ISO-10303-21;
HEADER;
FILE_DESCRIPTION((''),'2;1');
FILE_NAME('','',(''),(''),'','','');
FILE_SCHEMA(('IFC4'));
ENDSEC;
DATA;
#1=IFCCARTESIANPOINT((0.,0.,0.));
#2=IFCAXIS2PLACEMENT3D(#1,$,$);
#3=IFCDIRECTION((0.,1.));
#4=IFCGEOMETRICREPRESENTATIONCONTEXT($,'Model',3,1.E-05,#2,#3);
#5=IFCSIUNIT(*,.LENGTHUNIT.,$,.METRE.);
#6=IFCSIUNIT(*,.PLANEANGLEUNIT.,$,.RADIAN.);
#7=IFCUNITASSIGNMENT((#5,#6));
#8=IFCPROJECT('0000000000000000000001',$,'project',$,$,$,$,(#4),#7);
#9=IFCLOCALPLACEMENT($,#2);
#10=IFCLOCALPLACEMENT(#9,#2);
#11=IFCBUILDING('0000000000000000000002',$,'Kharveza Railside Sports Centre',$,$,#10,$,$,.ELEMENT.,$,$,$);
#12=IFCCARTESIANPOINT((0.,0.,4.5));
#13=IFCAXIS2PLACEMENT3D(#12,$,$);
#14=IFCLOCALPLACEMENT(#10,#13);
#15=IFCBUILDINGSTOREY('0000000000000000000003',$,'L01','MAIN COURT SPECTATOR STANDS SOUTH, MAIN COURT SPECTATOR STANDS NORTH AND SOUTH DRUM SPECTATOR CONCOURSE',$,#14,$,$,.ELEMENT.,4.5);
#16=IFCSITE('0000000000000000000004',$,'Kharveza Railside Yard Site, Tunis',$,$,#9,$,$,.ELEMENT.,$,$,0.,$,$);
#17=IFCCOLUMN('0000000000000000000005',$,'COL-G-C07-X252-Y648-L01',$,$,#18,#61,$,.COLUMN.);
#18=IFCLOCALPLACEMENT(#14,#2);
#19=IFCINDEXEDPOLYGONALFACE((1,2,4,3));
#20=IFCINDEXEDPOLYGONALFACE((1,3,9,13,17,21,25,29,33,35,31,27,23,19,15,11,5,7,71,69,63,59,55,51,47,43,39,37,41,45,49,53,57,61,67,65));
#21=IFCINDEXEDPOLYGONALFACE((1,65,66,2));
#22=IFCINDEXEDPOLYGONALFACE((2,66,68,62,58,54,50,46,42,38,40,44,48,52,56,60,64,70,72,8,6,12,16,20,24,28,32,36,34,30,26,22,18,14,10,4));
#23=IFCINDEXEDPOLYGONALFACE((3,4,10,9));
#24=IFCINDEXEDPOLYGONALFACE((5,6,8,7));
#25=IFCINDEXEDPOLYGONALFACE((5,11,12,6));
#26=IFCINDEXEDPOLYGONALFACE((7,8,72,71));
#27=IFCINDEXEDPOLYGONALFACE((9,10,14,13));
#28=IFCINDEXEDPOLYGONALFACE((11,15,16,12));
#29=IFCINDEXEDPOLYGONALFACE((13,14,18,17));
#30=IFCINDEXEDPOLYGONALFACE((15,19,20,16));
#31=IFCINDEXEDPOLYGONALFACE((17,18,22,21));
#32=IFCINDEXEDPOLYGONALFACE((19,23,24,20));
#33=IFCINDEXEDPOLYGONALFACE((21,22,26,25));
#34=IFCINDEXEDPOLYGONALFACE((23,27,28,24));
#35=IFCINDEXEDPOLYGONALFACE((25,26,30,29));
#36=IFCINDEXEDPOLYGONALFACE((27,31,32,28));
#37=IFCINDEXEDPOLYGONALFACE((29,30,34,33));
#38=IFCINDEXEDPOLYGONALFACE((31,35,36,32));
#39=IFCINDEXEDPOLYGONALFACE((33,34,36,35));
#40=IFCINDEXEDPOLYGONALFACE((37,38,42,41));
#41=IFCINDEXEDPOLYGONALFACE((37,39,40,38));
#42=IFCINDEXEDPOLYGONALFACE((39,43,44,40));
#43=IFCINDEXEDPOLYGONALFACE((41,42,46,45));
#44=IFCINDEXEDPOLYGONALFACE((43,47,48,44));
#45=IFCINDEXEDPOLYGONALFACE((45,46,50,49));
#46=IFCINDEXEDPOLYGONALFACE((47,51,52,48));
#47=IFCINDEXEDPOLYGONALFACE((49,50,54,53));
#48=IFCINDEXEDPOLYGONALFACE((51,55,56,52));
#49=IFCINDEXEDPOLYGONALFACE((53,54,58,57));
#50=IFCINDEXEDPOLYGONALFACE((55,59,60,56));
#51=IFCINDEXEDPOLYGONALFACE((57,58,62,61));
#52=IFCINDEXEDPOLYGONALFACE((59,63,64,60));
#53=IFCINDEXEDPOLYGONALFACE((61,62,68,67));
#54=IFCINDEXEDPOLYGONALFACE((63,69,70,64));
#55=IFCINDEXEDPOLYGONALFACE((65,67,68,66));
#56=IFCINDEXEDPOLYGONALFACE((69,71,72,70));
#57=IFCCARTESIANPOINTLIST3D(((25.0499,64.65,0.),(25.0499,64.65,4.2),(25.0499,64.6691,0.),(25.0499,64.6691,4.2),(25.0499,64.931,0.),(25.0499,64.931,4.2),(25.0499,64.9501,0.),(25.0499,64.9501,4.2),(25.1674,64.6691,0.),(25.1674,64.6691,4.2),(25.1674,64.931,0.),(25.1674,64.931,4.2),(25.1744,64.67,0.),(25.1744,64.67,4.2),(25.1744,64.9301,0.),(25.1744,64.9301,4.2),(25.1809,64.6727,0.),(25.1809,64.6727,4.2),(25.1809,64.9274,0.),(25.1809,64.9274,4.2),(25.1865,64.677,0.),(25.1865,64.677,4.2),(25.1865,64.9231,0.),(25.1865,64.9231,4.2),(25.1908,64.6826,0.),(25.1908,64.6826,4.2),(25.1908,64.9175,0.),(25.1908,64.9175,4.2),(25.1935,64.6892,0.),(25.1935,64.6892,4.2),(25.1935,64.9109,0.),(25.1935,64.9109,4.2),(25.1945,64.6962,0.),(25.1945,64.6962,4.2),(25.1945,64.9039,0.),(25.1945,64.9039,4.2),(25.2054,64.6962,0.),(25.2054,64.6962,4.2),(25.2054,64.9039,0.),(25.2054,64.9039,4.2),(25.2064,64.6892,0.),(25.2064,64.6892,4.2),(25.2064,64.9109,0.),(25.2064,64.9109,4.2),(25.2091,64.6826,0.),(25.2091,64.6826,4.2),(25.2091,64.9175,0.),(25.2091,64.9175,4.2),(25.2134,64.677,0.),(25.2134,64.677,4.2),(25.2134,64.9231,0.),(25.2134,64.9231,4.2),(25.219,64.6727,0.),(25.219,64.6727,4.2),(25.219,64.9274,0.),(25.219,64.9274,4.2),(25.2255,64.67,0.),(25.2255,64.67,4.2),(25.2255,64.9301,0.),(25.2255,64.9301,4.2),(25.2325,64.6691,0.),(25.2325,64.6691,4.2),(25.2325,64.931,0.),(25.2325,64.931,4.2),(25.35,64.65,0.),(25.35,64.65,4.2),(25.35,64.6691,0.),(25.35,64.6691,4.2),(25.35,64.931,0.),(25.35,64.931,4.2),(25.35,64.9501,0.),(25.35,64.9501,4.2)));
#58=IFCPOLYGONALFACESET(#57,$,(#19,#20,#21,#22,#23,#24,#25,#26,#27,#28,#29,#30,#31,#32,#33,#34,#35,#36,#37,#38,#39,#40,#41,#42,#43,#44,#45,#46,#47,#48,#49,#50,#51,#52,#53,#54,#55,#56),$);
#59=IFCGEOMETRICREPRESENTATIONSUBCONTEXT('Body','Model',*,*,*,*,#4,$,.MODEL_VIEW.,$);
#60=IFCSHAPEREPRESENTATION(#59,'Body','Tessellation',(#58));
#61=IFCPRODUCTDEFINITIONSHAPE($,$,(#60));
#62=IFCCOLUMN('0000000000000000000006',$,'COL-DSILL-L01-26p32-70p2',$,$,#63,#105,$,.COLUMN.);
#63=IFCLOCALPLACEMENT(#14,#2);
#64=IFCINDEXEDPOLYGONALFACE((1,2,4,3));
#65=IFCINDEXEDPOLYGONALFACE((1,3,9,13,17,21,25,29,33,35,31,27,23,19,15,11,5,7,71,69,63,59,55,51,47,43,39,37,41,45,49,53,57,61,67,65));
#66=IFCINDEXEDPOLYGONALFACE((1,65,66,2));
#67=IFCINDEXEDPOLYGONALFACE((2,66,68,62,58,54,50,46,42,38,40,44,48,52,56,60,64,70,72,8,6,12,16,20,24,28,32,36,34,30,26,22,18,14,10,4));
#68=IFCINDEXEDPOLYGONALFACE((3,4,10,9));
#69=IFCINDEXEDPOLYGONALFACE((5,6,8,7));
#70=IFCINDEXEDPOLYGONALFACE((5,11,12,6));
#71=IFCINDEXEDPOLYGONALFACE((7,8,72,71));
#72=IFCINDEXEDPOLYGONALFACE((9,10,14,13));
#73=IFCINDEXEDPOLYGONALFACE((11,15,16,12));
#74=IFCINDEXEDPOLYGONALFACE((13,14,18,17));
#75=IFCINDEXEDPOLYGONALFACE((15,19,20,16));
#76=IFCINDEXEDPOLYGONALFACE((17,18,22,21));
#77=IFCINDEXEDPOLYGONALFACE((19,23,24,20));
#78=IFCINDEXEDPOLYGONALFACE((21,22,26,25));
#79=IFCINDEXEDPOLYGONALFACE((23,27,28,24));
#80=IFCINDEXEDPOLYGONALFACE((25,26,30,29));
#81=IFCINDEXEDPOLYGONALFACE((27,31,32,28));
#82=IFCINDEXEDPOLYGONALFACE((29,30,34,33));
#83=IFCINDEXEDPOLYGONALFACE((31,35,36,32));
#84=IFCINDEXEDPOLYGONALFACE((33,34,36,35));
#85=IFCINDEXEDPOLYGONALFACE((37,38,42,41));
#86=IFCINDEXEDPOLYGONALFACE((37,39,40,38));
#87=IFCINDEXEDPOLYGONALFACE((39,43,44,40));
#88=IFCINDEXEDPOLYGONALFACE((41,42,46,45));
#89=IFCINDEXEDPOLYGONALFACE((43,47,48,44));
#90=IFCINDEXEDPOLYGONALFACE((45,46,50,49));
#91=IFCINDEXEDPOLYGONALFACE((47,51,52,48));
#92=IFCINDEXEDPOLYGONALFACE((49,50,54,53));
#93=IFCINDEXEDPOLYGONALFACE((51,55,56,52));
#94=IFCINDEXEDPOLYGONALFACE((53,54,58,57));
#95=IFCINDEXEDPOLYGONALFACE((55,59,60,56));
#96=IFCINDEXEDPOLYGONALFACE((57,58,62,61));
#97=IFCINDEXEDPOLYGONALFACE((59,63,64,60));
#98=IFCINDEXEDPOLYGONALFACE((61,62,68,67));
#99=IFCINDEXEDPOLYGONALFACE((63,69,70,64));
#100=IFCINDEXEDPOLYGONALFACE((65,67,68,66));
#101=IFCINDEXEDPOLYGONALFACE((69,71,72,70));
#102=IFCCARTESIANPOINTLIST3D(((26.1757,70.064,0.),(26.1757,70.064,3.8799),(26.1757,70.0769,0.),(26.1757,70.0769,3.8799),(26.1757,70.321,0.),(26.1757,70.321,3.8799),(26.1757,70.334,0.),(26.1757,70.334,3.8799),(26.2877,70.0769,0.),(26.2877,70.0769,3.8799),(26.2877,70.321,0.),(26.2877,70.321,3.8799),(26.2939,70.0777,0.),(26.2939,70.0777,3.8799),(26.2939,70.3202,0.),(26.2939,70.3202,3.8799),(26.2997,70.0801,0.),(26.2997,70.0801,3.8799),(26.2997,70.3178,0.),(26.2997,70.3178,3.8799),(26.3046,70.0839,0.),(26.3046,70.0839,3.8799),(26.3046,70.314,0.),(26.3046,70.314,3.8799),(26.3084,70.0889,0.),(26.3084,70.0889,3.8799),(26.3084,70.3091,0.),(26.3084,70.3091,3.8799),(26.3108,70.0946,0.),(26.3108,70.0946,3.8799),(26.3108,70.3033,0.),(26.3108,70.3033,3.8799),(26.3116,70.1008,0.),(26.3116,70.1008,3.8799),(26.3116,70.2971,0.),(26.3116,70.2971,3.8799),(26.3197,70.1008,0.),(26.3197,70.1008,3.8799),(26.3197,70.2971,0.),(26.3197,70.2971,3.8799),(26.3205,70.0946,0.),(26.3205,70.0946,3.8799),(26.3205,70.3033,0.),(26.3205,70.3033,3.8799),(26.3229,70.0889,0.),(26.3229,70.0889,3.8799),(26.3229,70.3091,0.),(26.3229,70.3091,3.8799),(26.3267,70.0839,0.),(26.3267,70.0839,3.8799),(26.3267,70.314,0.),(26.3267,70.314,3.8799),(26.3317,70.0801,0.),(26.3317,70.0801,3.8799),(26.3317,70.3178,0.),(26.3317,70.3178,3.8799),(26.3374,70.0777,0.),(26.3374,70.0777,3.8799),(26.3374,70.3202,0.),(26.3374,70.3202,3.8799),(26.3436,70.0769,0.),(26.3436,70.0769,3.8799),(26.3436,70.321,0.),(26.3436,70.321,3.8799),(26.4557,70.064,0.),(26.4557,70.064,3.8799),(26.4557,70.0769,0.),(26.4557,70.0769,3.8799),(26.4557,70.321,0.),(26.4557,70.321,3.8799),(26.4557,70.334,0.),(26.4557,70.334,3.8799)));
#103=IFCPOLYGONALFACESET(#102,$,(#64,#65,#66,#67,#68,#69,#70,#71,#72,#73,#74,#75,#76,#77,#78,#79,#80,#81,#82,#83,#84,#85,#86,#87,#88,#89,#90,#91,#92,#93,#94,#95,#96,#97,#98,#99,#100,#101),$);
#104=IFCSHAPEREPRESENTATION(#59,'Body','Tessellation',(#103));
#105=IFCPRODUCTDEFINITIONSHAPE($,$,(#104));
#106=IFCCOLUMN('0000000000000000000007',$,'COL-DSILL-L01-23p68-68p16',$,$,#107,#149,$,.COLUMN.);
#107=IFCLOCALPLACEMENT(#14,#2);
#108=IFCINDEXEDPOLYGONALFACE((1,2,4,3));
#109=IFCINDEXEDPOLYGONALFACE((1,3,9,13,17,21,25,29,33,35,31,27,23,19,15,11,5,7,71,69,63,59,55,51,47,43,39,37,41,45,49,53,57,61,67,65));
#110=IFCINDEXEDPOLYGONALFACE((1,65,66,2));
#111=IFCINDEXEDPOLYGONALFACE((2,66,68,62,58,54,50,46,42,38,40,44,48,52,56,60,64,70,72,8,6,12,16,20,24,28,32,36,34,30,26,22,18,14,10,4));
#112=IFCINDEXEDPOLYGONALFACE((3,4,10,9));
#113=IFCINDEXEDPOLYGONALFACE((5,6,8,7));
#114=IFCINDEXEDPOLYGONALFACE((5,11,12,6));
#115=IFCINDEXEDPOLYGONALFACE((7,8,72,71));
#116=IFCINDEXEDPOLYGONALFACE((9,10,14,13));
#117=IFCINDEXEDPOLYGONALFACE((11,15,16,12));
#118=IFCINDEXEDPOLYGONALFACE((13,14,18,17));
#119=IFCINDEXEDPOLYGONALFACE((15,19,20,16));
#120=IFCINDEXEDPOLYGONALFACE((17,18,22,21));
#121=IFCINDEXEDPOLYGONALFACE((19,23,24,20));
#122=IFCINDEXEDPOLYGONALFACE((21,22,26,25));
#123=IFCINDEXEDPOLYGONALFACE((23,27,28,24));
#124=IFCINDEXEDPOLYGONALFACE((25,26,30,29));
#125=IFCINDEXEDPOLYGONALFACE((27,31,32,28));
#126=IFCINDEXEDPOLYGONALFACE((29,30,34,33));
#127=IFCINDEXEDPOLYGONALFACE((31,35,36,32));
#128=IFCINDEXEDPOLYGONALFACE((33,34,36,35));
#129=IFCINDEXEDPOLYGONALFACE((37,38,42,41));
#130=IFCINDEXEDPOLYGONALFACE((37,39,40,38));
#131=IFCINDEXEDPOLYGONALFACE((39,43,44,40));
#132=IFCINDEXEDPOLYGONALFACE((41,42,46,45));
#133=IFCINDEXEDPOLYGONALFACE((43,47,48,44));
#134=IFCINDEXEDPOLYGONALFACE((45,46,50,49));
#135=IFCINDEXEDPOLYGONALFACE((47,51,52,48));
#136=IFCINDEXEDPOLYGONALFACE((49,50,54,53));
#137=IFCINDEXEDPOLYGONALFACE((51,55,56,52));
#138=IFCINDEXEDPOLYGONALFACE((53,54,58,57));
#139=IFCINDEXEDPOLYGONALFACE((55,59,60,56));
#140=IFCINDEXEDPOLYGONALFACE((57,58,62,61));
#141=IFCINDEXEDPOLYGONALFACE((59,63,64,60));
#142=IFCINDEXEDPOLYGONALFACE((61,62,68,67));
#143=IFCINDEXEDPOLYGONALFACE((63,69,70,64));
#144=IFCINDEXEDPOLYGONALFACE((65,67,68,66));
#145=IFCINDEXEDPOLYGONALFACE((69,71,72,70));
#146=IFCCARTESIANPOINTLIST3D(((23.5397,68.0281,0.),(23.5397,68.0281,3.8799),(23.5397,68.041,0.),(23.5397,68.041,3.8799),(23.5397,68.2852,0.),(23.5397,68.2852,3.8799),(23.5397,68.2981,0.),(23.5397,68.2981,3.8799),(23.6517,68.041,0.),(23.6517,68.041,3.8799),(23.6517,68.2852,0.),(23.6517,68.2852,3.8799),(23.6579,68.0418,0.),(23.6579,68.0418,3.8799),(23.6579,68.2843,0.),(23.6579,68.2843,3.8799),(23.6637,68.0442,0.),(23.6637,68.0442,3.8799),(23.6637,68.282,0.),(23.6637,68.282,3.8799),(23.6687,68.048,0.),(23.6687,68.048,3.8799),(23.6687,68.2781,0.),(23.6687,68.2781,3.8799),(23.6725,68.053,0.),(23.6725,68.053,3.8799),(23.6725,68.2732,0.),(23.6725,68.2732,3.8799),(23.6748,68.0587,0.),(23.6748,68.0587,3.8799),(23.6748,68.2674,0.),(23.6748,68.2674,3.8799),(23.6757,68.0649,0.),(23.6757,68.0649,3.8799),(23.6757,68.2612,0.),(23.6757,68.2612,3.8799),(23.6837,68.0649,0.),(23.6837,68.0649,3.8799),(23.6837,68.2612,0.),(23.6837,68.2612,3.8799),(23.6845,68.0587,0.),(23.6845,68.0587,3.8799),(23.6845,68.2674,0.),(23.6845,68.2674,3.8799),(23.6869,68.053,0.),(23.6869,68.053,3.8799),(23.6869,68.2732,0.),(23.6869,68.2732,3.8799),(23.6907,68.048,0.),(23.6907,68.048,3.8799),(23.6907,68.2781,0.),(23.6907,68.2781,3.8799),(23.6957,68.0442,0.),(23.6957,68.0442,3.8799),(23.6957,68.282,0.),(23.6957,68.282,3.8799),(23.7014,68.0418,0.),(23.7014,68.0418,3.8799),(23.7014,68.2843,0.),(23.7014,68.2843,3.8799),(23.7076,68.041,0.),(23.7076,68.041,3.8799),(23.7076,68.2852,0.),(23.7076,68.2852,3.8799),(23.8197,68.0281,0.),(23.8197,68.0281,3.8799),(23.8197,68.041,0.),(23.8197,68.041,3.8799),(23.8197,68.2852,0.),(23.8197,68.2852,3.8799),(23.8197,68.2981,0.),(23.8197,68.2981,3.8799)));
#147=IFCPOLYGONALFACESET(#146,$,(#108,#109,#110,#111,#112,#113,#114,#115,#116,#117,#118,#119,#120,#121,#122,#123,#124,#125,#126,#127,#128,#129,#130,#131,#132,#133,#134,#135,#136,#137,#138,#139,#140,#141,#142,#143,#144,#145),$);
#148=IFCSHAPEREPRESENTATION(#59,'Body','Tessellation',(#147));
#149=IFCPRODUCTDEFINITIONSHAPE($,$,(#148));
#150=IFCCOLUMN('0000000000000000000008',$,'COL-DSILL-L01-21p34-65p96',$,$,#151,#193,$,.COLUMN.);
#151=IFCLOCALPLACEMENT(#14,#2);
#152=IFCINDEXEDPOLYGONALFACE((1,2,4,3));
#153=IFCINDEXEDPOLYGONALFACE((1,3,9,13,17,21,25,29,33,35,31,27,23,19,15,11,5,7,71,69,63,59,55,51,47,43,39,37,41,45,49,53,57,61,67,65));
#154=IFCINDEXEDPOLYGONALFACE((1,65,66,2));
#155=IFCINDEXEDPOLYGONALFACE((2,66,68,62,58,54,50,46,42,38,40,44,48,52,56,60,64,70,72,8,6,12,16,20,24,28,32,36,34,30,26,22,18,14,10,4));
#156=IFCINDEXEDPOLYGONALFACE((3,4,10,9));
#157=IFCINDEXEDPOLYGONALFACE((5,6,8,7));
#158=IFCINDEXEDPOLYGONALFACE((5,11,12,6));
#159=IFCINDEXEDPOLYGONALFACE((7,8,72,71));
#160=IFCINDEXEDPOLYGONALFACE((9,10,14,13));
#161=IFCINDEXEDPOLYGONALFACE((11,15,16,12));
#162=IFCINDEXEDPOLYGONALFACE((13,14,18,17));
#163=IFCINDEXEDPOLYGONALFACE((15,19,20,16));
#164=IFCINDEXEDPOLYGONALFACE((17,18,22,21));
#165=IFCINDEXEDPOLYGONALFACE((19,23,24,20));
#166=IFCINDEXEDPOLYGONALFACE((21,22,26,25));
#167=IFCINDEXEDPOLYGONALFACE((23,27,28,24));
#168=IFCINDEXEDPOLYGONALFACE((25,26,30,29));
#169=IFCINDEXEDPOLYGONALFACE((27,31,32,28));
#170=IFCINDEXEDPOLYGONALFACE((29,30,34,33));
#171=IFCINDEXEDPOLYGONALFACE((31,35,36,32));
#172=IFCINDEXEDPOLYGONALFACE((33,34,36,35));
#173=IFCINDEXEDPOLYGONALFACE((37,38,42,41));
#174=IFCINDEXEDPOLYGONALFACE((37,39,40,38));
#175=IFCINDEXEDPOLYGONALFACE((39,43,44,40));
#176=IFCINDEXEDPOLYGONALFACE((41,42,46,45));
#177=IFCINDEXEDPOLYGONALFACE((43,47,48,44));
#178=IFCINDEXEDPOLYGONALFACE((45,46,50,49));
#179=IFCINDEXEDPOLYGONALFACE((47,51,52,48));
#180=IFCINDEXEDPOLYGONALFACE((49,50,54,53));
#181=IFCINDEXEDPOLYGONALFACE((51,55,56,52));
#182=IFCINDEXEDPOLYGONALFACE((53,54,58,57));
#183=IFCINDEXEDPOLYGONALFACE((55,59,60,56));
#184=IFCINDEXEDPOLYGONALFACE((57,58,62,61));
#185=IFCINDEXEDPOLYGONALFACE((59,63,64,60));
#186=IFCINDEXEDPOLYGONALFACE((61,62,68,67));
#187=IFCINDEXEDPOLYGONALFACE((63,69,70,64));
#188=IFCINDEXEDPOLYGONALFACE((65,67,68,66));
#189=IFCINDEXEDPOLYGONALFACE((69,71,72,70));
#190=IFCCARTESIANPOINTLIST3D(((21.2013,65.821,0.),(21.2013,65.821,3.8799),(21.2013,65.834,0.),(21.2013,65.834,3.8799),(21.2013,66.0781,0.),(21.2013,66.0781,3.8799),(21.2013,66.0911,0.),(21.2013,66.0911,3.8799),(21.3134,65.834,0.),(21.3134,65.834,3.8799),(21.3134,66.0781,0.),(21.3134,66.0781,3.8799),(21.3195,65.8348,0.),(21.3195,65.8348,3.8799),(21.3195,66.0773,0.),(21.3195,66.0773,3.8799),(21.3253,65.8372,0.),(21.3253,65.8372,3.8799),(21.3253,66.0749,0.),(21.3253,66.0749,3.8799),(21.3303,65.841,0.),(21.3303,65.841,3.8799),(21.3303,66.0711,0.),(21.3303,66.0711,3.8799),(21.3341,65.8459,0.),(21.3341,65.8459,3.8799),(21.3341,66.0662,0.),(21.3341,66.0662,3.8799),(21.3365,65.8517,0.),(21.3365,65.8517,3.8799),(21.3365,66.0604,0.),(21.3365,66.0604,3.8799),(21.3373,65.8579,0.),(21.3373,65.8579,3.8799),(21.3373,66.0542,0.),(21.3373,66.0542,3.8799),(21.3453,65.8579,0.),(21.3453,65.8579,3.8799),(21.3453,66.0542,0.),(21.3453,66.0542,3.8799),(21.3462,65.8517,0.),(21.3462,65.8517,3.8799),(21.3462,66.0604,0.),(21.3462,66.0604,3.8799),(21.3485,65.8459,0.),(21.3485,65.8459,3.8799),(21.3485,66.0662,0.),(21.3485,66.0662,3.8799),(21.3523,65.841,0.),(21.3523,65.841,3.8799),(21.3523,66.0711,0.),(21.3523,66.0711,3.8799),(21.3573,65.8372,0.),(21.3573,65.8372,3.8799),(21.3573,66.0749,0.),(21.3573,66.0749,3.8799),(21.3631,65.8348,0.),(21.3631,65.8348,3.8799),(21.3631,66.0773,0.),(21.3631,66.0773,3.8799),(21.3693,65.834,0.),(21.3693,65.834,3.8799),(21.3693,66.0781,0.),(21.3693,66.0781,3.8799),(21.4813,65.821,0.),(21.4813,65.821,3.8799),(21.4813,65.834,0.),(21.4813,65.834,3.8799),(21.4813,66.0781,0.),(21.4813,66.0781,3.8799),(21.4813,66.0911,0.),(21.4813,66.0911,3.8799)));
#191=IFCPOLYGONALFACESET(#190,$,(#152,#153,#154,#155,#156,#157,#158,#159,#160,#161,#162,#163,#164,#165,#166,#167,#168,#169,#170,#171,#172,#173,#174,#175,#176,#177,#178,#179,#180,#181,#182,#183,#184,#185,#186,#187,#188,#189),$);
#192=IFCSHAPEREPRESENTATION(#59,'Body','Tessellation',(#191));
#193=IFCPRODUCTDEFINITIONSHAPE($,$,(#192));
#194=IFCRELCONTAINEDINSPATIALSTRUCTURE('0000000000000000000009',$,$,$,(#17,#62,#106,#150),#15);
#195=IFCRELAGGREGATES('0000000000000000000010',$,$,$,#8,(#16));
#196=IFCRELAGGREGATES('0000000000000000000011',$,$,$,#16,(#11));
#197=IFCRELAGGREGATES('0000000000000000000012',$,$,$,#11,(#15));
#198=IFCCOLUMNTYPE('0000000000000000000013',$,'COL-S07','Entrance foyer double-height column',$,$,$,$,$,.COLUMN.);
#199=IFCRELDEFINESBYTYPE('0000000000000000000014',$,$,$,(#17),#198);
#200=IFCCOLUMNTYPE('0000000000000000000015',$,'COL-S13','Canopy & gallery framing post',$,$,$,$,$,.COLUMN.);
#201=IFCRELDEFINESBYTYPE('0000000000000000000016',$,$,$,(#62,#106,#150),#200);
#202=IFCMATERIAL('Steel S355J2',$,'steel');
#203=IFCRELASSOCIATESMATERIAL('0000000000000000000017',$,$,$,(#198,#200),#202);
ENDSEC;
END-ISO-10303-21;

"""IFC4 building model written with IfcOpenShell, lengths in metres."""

from ifc_helpers import new_model, si_unit, direction, frame, origin, origin_2d, place, context, subcontext, project, spatial, i_section, extrude, material, material_profile, profile_set, type_object, element, save


model = new_model("IFC4")

# Units and contexts
model_context = context("Model", 3, precision=1e-05, world=origin(), true_north=direction((0.0, 1.0)))
body_context = subcontext(model_context, "Body", "Model", "MODEL_VIEW")
ifc_project = project(units=[si_unit("LENGTHUNIT", "METRE"), si_unit("PLANEANGLEUNIT", "RADIAN")], contexts=[model_context])

# Site, building, storey
site_placement = place(None, origin())
site = spatial("IfcSite", under=ifc_project, at=site_placement, Name="Kharveza Railside Yard Site, Tunis", CompositionType="ELEMENT", RefElevation=0.0)
building_placement = place(site_placement, origin())
building = spatial("IfcBuilding", under=site, at=building_placement, Name="Kharveza Railside Sports Centre", CompositionType="ELEMENT")
storey_placement = place(building_placement, frame((0.0, 0.0, 4.5)))
storey = spatial("IfcBuildingStorey", under=building, at=storey_placement, Name="L01", Description="MAIN COURT SPECTATOR STANDS SOUTH, MAIN COURT SPECTATOR STANDS NORTH AND SOUTH DRUM SPECTATOR CONCOURSE", CompositionType="ELEMENT", Elevation=4.5)

# Columns
ifc_material_1 = material(Name="Steel S355J2", Category="steel")
ifc_material_profile_1 = material_profile(ifc_material_1, i_section(OverallWidth=0.3, OverallDepth=0.3, WebThickness=0.011, FlangeThickness=0.019, FilletRadius=0.0271, at=origin_2d()), Name="HEB 300")
ifc_profile_set_1 = profile_set([ifc_material_profile_1], Name="Steel S355J2")
column_type_1 = type_object("IfcColumnType", Name="COL-S07", Description="Entrance foyer double-height column", PredefinedType="COLUMN", material=ifc_profile_set_1)
column_placement = place(storey_placement, frame((25.2, 64.8, 0.0), z_axis=(0.0, 0.0, 1.0), x_axis=(1.0, 0.0, 0.0)))
element("IfcColumn", 1, at=column_placement, inside=storey, type_object=column_type_1, Name="COL-G-C07-X252-Y648-L01", PredefinedType="COLUMN", context=body_context, shape_type="SweptSolid", body=[
    extrude(i_section(OverallWidth=0.3, OverallDepth=0.3, WebThickness=0.011, FlangeThickness=0.019, FilletRadius=0.0271, at=origin_2d()), origin(), (0.0, 0.0, 1.0), 4.2),
])
ifc_material_profile_2 = material_profile(ifc_material_1, i_section(OverallWidth=0.28, OverallDepth=0.27, WebThickness=0.0081, FlangeThickness=0.0129, FilletRadius=0.0239, at=origin_2d()), Name="HEA 280")
ifc_profile_set_2 = profile_set([ifc_material_profile_2], Name="Steel S355J2")
column_type_2 = type_object("IfcColumnType", Name="COL-S13", Description="Canopy & gallery framing post", PredefinedType="COLUMN", material=ifc_profile_set_2)
for number, where, z_axis, x_axis, name in (
    (2, (26.3157, 70.199, 0.0), (0.0, 0.0, 1.0), (1.0, 0.0, 0.0), "COL-DSILL-L01-26p32-70p2"),
    (3, (23.6797, 68.1631, 0.0), (0.0, 0.0, 1.0), (1.0, 0.0, 0.0), "COL-DSILL-L01-23p68-68p16"),
    (4, (21.3413, 65.9561, 0.0), (0.0, 0.0, 1.0), (1.0, 0.0, 0.0), "COL-DSILL-L01-21p34-65p96"),
):
    element("IfcColumn", number, at=place(storey_placement, frame(where, z_axis=z_axis, x_axis=x_axis)), inside=storey, type_object=column_type_2, Name=name, PredefinedType="COLUMN", context=body_context, shape_type="SweptSolid", body=[
        extrude(i_section(OverallWidth=0.28, OverallDepth=0.27, WebThickness=0.0081, FlangeThickness=0.0129, FilletRadius=0.0239, at=origin_2d()), origin(), (0.0, 0.0, 1.0), 3.8799),
    ])

save(model, "model.ifc")
